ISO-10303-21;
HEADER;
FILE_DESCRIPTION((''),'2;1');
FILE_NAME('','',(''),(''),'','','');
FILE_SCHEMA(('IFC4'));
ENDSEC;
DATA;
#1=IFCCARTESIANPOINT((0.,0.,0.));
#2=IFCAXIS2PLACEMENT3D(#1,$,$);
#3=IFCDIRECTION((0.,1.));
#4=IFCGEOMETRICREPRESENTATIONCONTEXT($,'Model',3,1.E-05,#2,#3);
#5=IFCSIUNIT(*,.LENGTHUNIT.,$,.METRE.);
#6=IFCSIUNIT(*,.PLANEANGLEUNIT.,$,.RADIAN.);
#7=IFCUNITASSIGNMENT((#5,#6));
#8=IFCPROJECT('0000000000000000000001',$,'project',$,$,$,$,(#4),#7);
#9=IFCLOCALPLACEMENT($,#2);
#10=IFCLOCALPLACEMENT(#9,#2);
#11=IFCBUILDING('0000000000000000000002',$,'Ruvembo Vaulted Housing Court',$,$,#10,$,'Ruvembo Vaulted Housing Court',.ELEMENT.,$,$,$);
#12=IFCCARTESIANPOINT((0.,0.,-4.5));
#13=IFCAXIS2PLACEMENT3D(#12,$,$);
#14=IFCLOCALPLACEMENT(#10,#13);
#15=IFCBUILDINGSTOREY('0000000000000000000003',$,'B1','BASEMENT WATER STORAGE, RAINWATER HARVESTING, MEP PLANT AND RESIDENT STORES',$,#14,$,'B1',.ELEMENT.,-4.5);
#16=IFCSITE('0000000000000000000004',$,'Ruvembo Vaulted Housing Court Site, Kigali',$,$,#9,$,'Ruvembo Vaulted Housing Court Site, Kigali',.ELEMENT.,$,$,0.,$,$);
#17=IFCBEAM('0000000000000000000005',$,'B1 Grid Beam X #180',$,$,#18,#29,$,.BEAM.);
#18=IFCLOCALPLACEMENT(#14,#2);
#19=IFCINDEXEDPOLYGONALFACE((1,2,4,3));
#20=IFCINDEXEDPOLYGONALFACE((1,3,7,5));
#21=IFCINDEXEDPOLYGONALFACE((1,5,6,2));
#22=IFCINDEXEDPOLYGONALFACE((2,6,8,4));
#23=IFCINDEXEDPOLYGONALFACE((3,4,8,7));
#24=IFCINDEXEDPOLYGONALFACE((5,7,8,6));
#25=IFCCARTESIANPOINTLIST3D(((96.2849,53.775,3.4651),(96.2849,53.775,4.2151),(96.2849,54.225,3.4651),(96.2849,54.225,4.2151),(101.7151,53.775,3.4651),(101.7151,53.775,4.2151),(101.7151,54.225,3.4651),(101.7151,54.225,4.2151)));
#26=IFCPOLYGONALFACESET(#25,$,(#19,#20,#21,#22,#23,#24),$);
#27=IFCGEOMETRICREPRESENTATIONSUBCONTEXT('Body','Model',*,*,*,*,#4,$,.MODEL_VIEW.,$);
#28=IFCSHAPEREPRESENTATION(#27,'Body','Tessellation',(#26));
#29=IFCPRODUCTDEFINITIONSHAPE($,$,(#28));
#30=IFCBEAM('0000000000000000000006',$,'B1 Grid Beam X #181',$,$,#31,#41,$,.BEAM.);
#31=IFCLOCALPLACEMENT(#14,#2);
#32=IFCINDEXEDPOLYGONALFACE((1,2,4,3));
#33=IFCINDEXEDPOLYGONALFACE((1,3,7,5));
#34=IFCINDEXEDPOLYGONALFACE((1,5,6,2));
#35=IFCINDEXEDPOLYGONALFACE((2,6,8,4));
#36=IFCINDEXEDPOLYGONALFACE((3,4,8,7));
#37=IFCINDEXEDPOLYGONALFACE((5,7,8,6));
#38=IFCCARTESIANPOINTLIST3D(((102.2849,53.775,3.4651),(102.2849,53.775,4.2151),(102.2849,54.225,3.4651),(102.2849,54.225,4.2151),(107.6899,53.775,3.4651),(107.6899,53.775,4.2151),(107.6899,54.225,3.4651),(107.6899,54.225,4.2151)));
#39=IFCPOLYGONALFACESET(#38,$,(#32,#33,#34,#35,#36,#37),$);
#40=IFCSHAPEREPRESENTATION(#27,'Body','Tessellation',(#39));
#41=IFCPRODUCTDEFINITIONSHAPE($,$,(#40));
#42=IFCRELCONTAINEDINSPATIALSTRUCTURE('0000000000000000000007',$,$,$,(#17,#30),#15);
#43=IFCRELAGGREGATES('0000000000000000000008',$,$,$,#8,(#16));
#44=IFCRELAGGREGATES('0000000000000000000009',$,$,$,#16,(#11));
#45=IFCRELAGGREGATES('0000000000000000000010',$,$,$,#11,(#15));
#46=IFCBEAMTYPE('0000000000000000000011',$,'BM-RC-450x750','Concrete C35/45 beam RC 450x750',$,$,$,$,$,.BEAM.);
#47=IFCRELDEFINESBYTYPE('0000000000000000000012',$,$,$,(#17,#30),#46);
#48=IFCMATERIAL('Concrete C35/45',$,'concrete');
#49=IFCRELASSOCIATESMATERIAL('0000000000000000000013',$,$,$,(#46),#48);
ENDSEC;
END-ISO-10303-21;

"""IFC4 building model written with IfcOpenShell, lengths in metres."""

from ifc_helpers import new_model, si_unit, direction, frame, origin, origin_2d, place, context, subcontext, project, spatial, rectangle, extrude, material, material_profile, profile_set, type_object, element, save


model = new_model("IFC4")

# Units and contexts
model_context = context("Model", 3, precision=1e-05, world=origin(), true_north=direction((0.0, 1.0)))
body_context = subcontext(model_context, "Body", "Model", "MODEL_VIEW")
ifc_project = project(units=[si_unit("LENGTHUNIT", "METRE"), si_unit("PLANEANGLEUNIT", "RADIAN")], contexts=[model_context])

# Site, building, storey
site_placement = place(None, origin())
site = spatial("IfcSite", under=ifc_project, at=site_placement, Name="Ruvembo Vaulted Housing Court Site, Kigali", LongName="Ruvembo Vaulted Housing Court Site, Kigali", CompositionType="ELEMENT", RefElevation=0.0)
building_placement = place(site_placement, origin())
building = spatial("IfcBuilding", under=site, at=building_placement, Name="Ruvembo Vaulted Housing Court", LongName="Ruvembo Vaulted Housing Court", CompositionType="ELEMENT")
storey_placement = place(building_placement, frame((0.0, 0.0, -4.5)))
storey = spatial("IfcBuildingStorey", under=building, at=storey_placement, Name="B1", Description="BASEMENT WATER STORAGE, RAINWATER HARVESTING, MEP PLANT AND RESIDENT STORES", LongName="B1", CompositionType="ELEMENT", Elevation=-4.5)

# Shared definitions
ifc_material_1 = material(Name="Concrete C35/45", Category="concrete")

# Beams
ifc_material_profile_1 = material_profile(ifc_material_1, rectangle(XDim=0.45, YDim=0.75, at=origin_2d()), Name="RC 450x750")
ifc_profile_set_1 = profile_set([ifc_material_profile_1], Name="Concrete C35/45")
beam_type_1 = type_object("IfcBeamType", Name="BM-RC-450x750", Description="Concrete C35/45 beam RC 450x750", PredefinedType="BEAM", material=ifc_profile_set_1)
beam_1_placement = place(storey_placement, frame((96.2849, 54.0, 3.8401), z_axis=(1.0, 0.0, 0.0), x_axis=(0.0, 1.0, 0.0)))
element("IfcBeam", 1, at=beam_1_placement, inside=storey, type_object=beam_type_1, Name="B1 Grid Beam X #180", PredefinedType="BEAM", context=body_context, shape_type="SweptSolid", body=[
    extrude(rectangle(XDim=0.45, YDim=0.75, at=origin_2d()), origin(), (0.0, 0.0, 1.0), 5.4302),
])
beam_2_placement = place(storey_placement, frame((102.2849, 54.0, 3.8401), z_axis=(1.0, 0.0, 0.0), x_axis=(0.0, 1.0, 0.0)))
element("IfcBeam", 2, at=beam_2_placement, inside=storey, type_object=beam_type_1, Name="B1 Grid Beam X #181", PredefinedType="BEAM", context=body_context, shape_type="SweptSolid", body=[
    extrude(rectangle(XDim=0.45, YDim=0.75, at=origin_2d()), origin(), (0.0, 0.0, 1.0), 5.405),
])

save(model, "model.ifc")
